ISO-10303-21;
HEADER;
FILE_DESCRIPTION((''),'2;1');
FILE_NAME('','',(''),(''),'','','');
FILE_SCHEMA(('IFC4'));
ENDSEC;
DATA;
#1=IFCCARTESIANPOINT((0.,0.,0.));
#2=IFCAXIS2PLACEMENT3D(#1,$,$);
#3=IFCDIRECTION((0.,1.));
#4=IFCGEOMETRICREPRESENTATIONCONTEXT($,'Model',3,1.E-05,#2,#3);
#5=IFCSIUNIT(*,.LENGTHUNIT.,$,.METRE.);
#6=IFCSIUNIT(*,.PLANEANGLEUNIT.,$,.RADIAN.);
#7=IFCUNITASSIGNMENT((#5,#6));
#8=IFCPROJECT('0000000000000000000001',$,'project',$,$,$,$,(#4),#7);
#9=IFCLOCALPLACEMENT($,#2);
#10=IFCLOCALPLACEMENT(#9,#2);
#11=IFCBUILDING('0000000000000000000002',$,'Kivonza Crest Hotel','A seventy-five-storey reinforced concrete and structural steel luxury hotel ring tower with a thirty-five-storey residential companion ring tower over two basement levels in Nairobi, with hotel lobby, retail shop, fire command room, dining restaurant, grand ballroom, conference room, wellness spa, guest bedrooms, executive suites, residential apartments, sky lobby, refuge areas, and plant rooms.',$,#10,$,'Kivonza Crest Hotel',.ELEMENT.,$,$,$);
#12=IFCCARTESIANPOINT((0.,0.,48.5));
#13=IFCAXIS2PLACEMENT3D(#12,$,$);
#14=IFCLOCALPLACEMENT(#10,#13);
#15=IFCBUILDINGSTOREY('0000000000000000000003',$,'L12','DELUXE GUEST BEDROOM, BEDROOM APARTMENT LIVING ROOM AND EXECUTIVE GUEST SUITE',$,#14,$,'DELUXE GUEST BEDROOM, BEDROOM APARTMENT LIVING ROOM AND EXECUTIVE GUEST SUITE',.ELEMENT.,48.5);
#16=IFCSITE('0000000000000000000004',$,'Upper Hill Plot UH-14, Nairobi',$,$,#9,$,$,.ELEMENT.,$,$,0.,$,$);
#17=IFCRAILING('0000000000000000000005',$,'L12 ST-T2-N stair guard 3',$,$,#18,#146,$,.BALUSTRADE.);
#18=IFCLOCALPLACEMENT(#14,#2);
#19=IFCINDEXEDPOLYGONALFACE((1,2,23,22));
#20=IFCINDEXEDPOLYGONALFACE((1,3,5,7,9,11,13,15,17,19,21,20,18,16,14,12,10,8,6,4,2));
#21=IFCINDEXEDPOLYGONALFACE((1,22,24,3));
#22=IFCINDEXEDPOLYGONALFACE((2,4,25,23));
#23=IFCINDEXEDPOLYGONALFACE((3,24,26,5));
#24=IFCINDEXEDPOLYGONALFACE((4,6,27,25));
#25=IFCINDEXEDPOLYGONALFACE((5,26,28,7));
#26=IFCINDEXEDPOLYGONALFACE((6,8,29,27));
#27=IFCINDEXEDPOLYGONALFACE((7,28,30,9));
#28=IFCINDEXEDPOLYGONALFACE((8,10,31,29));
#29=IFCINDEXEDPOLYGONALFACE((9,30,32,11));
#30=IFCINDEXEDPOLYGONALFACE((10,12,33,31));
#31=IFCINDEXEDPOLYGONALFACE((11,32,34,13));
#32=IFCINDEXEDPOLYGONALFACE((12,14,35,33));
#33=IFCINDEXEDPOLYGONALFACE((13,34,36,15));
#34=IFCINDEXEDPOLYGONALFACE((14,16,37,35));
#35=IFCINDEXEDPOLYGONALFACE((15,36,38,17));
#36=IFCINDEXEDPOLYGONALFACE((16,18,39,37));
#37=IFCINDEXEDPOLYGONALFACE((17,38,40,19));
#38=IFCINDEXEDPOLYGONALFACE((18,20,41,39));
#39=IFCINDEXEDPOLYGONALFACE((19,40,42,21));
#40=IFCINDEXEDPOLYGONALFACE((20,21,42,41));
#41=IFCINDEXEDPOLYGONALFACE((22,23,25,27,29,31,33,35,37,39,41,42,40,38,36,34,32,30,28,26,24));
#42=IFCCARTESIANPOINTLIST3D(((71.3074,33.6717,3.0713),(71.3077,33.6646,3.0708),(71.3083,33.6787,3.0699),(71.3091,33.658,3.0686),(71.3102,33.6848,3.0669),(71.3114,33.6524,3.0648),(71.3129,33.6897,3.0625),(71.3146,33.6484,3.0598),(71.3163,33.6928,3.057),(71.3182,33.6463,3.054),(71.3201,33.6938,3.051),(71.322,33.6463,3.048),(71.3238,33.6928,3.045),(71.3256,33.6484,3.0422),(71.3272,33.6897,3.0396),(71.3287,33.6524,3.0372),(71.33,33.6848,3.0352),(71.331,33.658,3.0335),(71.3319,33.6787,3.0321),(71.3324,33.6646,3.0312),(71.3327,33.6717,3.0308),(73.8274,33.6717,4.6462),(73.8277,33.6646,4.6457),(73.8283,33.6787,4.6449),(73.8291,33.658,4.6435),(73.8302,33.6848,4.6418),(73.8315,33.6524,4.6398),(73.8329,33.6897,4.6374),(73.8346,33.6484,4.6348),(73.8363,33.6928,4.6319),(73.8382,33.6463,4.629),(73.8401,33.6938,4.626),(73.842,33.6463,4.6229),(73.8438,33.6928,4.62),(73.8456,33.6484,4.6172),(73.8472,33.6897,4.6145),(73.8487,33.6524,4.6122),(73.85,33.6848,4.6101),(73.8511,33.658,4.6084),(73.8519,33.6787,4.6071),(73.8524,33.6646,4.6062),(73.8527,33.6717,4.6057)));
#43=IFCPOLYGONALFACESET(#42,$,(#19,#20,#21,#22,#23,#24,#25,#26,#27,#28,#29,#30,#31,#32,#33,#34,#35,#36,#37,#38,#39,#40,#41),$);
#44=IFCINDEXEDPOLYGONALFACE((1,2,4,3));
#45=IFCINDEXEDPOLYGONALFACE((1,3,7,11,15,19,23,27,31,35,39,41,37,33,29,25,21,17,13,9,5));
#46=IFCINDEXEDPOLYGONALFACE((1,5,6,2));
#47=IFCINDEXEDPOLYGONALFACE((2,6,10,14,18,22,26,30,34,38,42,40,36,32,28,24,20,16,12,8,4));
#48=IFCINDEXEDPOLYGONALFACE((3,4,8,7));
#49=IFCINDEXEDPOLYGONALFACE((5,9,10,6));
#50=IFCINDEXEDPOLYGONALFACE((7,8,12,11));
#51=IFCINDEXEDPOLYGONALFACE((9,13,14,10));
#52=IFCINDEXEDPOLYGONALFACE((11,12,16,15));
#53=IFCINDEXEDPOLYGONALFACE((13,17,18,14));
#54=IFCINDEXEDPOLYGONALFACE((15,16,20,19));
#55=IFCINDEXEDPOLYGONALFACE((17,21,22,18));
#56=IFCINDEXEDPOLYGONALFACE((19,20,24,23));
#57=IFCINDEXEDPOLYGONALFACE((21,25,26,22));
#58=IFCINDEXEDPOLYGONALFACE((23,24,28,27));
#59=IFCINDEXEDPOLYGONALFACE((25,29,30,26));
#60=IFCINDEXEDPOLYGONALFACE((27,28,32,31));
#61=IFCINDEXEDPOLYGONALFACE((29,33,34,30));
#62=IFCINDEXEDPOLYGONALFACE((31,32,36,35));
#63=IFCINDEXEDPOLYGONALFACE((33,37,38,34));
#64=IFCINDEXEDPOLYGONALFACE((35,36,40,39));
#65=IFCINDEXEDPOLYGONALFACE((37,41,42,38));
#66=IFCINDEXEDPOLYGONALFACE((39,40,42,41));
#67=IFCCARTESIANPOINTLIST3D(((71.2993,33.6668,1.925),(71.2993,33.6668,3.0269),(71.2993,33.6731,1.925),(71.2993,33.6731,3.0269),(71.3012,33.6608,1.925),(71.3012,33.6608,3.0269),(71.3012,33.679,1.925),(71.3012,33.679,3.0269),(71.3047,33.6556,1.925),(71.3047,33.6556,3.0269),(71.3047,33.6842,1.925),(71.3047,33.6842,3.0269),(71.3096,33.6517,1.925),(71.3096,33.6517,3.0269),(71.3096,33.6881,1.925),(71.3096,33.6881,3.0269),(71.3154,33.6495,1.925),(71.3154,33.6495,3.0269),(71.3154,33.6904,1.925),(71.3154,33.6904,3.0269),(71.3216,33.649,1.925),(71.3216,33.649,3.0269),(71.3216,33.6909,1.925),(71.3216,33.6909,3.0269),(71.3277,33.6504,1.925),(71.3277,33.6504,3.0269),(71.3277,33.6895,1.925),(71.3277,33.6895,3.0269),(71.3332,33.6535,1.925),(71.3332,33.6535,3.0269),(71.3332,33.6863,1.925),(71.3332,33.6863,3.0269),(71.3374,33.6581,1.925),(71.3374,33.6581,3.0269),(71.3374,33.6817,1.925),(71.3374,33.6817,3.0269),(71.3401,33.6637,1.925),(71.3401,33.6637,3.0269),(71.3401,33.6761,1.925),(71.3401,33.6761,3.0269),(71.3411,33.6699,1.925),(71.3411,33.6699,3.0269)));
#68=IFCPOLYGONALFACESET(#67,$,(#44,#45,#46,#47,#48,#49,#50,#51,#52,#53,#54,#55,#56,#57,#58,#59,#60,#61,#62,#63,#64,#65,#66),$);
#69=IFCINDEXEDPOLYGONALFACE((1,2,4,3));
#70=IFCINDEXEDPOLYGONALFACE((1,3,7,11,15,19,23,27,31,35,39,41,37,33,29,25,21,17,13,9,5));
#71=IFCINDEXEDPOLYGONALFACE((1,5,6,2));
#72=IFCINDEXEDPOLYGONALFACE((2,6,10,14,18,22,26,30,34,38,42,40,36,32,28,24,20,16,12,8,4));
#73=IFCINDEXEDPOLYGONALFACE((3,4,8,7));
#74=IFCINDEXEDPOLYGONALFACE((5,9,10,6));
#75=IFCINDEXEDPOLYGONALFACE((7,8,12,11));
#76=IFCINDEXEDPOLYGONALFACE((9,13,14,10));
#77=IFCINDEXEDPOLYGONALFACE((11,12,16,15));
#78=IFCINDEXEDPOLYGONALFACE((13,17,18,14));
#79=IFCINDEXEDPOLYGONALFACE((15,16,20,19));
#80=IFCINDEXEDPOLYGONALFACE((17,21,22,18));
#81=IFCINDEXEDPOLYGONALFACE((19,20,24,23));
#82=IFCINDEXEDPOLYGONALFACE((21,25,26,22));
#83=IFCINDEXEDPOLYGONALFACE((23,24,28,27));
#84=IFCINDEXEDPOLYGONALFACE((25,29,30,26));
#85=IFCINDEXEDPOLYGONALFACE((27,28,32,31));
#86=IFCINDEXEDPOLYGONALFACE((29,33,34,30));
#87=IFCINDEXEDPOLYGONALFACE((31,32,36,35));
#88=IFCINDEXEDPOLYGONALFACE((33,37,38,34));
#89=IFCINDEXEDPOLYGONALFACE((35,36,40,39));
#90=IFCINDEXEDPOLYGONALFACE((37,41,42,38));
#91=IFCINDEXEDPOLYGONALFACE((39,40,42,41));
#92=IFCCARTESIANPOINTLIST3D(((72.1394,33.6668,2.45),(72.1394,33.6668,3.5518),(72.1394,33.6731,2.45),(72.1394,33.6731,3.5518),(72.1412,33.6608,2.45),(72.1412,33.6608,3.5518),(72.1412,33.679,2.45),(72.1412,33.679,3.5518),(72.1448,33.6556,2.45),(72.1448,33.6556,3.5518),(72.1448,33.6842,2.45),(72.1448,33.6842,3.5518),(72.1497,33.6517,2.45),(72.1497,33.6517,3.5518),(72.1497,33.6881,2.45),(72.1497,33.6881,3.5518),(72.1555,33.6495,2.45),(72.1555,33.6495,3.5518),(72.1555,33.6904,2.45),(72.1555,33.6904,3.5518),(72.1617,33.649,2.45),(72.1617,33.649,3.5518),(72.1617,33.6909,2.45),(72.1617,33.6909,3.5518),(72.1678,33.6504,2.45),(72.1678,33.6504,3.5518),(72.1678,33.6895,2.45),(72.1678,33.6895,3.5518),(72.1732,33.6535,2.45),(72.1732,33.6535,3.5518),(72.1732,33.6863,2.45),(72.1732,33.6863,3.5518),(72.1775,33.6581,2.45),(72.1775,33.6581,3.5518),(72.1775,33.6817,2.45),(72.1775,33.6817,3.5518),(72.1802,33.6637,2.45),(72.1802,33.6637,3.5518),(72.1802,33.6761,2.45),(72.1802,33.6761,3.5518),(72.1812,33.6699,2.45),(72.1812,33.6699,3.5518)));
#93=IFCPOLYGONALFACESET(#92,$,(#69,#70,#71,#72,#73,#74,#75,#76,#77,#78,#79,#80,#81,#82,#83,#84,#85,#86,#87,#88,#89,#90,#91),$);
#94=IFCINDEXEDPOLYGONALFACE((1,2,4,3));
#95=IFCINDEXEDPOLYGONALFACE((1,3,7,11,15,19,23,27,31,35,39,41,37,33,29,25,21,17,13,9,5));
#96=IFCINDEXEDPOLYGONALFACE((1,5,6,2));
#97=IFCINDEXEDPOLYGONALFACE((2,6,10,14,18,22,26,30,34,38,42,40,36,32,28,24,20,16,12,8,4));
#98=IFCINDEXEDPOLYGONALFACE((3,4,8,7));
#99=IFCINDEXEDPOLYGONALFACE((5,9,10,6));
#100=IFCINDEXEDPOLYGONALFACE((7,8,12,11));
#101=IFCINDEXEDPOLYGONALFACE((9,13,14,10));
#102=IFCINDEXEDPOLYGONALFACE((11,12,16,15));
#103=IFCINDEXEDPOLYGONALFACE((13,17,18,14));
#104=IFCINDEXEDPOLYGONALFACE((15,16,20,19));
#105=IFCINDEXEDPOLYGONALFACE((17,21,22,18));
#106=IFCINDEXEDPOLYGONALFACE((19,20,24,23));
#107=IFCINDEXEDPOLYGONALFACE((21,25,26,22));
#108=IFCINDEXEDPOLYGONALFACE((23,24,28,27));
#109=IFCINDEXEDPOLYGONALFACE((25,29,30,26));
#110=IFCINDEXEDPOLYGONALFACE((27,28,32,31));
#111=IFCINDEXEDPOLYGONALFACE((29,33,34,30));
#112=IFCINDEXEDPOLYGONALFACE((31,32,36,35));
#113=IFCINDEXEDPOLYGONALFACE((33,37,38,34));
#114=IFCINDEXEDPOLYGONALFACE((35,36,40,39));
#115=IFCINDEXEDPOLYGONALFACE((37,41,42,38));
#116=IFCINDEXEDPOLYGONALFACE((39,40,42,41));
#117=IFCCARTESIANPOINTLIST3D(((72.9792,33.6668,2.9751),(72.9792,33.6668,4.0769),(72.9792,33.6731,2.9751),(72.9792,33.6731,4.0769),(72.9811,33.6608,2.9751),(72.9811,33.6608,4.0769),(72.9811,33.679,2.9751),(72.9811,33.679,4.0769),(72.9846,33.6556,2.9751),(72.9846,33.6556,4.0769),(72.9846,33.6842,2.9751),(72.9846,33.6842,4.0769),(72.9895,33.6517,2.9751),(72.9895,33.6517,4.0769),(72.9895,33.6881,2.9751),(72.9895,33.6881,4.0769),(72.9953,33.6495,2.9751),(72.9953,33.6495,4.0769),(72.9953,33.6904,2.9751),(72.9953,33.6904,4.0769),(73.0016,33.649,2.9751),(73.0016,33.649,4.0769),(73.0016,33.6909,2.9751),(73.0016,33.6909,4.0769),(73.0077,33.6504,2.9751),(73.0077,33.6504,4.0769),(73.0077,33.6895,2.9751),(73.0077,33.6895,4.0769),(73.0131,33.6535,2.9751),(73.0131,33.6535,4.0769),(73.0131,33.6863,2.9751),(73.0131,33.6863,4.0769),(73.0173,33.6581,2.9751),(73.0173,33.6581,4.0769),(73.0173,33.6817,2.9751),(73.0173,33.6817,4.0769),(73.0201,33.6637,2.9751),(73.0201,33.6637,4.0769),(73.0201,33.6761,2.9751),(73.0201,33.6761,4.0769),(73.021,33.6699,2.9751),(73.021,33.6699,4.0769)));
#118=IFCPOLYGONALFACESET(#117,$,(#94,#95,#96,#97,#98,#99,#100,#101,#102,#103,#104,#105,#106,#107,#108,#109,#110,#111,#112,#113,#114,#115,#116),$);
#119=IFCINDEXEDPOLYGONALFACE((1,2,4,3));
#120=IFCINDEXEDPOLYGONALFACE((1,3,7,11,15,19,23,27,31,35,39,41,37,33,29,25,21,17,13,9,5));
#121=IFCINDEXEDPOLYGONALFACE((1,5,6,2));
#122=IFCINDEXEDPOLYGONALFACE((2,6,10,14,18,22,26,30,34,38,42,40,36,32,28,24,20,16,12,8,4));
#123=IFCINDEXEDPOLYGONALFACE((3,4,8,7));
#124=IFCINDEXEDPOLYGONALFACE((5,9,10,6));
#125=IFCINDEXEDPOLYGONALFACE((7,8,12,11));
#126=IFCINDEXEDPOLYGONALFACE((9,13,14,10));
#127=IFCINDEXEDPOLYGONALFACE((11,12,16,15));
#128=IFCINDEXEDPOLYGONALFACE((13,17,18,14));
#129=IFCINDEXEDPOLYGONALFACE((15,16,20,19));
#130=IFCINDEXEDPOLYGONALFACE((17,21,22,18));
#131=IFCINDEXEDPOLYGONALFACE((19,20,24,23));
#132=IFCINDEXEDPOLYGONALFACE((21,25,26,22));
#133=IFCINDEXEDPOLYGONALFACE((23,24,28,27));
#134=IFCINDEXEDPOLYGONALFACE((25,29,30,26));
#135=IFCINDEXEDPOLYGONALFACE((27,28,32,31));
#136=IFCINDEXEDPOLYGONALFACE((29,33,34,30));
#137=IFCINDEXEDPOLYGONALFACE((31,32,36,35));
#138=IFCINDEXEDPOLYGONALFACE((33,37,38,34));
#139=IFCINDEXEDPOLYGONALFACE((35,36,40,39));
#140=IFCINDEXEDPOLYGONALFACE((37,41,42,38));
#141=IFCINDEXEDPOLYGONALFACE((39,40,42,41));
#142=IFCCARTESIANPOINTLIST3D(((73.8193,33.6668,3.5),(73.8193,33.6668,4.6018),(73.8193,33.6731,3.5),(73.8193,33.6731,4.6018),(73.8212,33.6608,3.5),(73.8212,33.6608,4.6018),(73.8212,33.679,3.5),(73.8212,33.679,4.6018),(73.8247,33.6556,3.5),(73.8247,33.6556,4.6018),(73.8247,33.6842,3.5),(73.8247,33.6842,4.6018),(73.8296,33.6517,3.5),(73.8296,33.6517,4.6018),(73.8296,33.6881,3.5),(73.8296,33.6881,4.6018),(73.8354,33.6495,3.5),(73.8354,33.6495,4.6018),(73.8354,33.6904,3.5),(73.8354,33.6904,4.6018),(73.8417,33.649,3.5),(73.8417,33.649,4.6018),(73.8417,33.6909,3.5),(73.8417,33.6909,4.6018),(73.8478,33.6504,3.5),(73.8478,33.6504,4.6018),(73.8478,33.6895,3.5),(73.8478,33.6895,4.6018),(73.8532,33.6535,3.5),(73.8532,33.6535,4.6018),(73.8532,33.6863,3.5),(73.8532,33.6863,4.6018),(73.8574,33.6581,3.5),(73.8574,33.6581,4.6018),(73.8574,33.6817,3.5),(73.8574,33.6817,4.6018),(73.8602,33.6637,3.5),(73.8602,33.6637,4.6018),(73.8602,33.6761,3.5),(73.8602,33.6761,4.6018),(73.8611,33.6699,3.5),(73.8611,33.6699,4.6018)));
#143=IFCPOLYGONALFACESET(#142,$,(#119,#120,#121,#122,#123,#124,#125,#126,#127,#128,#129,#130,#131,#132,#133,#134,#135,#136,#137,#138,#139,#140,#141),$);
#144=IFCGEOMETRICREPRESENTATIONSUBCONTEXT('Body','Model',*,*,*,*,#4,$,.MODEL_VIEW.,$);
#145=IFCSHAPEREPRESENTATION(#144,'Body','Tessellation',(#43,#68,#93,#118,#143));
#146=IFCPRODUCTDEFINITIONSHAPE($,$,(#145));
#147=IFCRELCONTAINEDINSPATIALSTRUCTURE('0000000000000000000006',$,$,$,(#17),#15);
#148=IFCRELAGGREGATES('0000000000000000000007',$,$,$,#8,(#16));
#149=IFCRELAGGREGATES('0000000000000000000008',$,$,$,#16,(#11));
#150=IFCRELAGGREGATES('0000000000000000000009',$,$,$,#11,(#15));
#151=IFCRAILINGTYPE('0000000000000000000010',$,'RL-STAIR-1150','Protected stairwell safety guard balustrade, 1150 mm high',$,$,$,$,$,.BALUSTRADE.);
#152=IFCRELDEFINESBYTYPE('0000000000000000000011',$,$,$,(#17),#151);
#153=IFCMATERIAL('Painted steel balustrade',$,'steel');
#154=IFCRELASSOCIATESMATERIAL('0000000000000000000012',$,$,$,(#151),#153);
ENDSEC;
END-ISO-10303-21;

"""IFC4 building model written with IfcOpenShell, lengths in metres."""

from ifc_helpers import new_model, si_unit, direction, frame, origin, origin_2d, place, context, subcontext, project, spatial, circle, extrude, material, type_object, element, save


model = new_model("IFC4")

# Units and contexts
model_context = context("Model", 3, precision=1e-05, world=origin(), true_north=direction((0.0, 1.0)))
body_context = subcontext(model_context, "Body", "Model", "MODEL_VIEW")
ifc_project = project(units=[si_unit("LENGTHUNIT", "METRE"), si_unit("PLANEANGLEUNIT", "RADIAN")], contexts=[model_context])

# Site, building, storey
site_placement = place(None, origin())
site = spatial("IfcSite", under=ifc_project, at=site_placement, Name="Upper Hill Plot UH-14, Nairobi", CompositionType="ELEMENT", RefElevation=0.0)
building_placement = place(site_placement, origin())
building = spatial("IfcBuilding", under=site, at=building_placement, Name="Kivonza Crest Hotel", Description="A seventy-five-storey reinforced concrete and structural steel luxury hotel ring tower with a thirty-five-storey residential companion ring tower over two basement levels in Nairobi, with hotel lobby, retail shop, fire command room, dining restaurant, grand ballroom, conference room, wellness spa, guest bedrooms, executive suites, residential apartments, sky lobby, refuge areas, and plant rooms.", LongName="Kivonza Crest Hotel", CompositionType="ELEMENT")
storey_placement = place(building_placement, frame((0.0, 0.0, 48.5)))
storey = spatial("IfcBuildingStorey", under=building, at=storey_placement, Name="L12", Description="DELUXE GUEST BEDROOM, BEDROOM APARTMENT LIVING ROOM AND EXECUTIVE GUEST SUITE", LongName="DELUXE GUEST BEDROOM, BEDROOM APARTMENT LIVING ROOM AND EXECUTIVE GUEST SUITE", CompositionType="ELEMENT", Elevation=48.5)

# Railing
ifc_material_1 = material(Name="Painted steel balustrade", Category="steel")
railing_type = type_object("IfcRailingType", Name="RL-STAIR-1150", Description="Protected stairwell safety guard balustrade, 1150 mm high", PredefinedType="BALUSTRADE", material=ifc_material_1)
railing_1_placement = place(storey_placement, frame((71.3201, 33.6699, 1.925)))
element("IfcRailing", 1, at=railing_1_placement, inside=storey, type_object=railing_type, Name="L12 ST-T2-N stair guard 3", PredefinedType="BALUSTRADE", context=body_context, shape_type="SweptSolid", body=[
    extrude(circle(Radius=0.0239, at=origin_2d()), frame((0.0, 0.0, 1.126), z_axis=(0.848008, 0.0, 0.529984), x_axis=(0.0, 1.0, 0.0)), (0.0, 0.0, 1.0), 2.9717),
    extrude(circle(Radius=0.021, at=origin_2d()), origin(), (0.0, 0.0, 1.0), 1.1018),
    extrude(circle(Radius=0.021, at=origin_2d()), frame((0.8401, 0.0, 0.5249)), (0.0, 0.0, 1.0), 1.1018),
    extrude(circle(Radius=0.021, at=origin_2d()), frame((1.6799, 0.0, 1.05)), (0.0, 0.0, 1.0), 1.1018),
    extrude(circle(Radius=0.021, at=origin_2d()), frame((2.52, 0.0, 1.575)), (0.0, 0.0, 1.0), 1.1018),
])

save(model, "model.ifc")
